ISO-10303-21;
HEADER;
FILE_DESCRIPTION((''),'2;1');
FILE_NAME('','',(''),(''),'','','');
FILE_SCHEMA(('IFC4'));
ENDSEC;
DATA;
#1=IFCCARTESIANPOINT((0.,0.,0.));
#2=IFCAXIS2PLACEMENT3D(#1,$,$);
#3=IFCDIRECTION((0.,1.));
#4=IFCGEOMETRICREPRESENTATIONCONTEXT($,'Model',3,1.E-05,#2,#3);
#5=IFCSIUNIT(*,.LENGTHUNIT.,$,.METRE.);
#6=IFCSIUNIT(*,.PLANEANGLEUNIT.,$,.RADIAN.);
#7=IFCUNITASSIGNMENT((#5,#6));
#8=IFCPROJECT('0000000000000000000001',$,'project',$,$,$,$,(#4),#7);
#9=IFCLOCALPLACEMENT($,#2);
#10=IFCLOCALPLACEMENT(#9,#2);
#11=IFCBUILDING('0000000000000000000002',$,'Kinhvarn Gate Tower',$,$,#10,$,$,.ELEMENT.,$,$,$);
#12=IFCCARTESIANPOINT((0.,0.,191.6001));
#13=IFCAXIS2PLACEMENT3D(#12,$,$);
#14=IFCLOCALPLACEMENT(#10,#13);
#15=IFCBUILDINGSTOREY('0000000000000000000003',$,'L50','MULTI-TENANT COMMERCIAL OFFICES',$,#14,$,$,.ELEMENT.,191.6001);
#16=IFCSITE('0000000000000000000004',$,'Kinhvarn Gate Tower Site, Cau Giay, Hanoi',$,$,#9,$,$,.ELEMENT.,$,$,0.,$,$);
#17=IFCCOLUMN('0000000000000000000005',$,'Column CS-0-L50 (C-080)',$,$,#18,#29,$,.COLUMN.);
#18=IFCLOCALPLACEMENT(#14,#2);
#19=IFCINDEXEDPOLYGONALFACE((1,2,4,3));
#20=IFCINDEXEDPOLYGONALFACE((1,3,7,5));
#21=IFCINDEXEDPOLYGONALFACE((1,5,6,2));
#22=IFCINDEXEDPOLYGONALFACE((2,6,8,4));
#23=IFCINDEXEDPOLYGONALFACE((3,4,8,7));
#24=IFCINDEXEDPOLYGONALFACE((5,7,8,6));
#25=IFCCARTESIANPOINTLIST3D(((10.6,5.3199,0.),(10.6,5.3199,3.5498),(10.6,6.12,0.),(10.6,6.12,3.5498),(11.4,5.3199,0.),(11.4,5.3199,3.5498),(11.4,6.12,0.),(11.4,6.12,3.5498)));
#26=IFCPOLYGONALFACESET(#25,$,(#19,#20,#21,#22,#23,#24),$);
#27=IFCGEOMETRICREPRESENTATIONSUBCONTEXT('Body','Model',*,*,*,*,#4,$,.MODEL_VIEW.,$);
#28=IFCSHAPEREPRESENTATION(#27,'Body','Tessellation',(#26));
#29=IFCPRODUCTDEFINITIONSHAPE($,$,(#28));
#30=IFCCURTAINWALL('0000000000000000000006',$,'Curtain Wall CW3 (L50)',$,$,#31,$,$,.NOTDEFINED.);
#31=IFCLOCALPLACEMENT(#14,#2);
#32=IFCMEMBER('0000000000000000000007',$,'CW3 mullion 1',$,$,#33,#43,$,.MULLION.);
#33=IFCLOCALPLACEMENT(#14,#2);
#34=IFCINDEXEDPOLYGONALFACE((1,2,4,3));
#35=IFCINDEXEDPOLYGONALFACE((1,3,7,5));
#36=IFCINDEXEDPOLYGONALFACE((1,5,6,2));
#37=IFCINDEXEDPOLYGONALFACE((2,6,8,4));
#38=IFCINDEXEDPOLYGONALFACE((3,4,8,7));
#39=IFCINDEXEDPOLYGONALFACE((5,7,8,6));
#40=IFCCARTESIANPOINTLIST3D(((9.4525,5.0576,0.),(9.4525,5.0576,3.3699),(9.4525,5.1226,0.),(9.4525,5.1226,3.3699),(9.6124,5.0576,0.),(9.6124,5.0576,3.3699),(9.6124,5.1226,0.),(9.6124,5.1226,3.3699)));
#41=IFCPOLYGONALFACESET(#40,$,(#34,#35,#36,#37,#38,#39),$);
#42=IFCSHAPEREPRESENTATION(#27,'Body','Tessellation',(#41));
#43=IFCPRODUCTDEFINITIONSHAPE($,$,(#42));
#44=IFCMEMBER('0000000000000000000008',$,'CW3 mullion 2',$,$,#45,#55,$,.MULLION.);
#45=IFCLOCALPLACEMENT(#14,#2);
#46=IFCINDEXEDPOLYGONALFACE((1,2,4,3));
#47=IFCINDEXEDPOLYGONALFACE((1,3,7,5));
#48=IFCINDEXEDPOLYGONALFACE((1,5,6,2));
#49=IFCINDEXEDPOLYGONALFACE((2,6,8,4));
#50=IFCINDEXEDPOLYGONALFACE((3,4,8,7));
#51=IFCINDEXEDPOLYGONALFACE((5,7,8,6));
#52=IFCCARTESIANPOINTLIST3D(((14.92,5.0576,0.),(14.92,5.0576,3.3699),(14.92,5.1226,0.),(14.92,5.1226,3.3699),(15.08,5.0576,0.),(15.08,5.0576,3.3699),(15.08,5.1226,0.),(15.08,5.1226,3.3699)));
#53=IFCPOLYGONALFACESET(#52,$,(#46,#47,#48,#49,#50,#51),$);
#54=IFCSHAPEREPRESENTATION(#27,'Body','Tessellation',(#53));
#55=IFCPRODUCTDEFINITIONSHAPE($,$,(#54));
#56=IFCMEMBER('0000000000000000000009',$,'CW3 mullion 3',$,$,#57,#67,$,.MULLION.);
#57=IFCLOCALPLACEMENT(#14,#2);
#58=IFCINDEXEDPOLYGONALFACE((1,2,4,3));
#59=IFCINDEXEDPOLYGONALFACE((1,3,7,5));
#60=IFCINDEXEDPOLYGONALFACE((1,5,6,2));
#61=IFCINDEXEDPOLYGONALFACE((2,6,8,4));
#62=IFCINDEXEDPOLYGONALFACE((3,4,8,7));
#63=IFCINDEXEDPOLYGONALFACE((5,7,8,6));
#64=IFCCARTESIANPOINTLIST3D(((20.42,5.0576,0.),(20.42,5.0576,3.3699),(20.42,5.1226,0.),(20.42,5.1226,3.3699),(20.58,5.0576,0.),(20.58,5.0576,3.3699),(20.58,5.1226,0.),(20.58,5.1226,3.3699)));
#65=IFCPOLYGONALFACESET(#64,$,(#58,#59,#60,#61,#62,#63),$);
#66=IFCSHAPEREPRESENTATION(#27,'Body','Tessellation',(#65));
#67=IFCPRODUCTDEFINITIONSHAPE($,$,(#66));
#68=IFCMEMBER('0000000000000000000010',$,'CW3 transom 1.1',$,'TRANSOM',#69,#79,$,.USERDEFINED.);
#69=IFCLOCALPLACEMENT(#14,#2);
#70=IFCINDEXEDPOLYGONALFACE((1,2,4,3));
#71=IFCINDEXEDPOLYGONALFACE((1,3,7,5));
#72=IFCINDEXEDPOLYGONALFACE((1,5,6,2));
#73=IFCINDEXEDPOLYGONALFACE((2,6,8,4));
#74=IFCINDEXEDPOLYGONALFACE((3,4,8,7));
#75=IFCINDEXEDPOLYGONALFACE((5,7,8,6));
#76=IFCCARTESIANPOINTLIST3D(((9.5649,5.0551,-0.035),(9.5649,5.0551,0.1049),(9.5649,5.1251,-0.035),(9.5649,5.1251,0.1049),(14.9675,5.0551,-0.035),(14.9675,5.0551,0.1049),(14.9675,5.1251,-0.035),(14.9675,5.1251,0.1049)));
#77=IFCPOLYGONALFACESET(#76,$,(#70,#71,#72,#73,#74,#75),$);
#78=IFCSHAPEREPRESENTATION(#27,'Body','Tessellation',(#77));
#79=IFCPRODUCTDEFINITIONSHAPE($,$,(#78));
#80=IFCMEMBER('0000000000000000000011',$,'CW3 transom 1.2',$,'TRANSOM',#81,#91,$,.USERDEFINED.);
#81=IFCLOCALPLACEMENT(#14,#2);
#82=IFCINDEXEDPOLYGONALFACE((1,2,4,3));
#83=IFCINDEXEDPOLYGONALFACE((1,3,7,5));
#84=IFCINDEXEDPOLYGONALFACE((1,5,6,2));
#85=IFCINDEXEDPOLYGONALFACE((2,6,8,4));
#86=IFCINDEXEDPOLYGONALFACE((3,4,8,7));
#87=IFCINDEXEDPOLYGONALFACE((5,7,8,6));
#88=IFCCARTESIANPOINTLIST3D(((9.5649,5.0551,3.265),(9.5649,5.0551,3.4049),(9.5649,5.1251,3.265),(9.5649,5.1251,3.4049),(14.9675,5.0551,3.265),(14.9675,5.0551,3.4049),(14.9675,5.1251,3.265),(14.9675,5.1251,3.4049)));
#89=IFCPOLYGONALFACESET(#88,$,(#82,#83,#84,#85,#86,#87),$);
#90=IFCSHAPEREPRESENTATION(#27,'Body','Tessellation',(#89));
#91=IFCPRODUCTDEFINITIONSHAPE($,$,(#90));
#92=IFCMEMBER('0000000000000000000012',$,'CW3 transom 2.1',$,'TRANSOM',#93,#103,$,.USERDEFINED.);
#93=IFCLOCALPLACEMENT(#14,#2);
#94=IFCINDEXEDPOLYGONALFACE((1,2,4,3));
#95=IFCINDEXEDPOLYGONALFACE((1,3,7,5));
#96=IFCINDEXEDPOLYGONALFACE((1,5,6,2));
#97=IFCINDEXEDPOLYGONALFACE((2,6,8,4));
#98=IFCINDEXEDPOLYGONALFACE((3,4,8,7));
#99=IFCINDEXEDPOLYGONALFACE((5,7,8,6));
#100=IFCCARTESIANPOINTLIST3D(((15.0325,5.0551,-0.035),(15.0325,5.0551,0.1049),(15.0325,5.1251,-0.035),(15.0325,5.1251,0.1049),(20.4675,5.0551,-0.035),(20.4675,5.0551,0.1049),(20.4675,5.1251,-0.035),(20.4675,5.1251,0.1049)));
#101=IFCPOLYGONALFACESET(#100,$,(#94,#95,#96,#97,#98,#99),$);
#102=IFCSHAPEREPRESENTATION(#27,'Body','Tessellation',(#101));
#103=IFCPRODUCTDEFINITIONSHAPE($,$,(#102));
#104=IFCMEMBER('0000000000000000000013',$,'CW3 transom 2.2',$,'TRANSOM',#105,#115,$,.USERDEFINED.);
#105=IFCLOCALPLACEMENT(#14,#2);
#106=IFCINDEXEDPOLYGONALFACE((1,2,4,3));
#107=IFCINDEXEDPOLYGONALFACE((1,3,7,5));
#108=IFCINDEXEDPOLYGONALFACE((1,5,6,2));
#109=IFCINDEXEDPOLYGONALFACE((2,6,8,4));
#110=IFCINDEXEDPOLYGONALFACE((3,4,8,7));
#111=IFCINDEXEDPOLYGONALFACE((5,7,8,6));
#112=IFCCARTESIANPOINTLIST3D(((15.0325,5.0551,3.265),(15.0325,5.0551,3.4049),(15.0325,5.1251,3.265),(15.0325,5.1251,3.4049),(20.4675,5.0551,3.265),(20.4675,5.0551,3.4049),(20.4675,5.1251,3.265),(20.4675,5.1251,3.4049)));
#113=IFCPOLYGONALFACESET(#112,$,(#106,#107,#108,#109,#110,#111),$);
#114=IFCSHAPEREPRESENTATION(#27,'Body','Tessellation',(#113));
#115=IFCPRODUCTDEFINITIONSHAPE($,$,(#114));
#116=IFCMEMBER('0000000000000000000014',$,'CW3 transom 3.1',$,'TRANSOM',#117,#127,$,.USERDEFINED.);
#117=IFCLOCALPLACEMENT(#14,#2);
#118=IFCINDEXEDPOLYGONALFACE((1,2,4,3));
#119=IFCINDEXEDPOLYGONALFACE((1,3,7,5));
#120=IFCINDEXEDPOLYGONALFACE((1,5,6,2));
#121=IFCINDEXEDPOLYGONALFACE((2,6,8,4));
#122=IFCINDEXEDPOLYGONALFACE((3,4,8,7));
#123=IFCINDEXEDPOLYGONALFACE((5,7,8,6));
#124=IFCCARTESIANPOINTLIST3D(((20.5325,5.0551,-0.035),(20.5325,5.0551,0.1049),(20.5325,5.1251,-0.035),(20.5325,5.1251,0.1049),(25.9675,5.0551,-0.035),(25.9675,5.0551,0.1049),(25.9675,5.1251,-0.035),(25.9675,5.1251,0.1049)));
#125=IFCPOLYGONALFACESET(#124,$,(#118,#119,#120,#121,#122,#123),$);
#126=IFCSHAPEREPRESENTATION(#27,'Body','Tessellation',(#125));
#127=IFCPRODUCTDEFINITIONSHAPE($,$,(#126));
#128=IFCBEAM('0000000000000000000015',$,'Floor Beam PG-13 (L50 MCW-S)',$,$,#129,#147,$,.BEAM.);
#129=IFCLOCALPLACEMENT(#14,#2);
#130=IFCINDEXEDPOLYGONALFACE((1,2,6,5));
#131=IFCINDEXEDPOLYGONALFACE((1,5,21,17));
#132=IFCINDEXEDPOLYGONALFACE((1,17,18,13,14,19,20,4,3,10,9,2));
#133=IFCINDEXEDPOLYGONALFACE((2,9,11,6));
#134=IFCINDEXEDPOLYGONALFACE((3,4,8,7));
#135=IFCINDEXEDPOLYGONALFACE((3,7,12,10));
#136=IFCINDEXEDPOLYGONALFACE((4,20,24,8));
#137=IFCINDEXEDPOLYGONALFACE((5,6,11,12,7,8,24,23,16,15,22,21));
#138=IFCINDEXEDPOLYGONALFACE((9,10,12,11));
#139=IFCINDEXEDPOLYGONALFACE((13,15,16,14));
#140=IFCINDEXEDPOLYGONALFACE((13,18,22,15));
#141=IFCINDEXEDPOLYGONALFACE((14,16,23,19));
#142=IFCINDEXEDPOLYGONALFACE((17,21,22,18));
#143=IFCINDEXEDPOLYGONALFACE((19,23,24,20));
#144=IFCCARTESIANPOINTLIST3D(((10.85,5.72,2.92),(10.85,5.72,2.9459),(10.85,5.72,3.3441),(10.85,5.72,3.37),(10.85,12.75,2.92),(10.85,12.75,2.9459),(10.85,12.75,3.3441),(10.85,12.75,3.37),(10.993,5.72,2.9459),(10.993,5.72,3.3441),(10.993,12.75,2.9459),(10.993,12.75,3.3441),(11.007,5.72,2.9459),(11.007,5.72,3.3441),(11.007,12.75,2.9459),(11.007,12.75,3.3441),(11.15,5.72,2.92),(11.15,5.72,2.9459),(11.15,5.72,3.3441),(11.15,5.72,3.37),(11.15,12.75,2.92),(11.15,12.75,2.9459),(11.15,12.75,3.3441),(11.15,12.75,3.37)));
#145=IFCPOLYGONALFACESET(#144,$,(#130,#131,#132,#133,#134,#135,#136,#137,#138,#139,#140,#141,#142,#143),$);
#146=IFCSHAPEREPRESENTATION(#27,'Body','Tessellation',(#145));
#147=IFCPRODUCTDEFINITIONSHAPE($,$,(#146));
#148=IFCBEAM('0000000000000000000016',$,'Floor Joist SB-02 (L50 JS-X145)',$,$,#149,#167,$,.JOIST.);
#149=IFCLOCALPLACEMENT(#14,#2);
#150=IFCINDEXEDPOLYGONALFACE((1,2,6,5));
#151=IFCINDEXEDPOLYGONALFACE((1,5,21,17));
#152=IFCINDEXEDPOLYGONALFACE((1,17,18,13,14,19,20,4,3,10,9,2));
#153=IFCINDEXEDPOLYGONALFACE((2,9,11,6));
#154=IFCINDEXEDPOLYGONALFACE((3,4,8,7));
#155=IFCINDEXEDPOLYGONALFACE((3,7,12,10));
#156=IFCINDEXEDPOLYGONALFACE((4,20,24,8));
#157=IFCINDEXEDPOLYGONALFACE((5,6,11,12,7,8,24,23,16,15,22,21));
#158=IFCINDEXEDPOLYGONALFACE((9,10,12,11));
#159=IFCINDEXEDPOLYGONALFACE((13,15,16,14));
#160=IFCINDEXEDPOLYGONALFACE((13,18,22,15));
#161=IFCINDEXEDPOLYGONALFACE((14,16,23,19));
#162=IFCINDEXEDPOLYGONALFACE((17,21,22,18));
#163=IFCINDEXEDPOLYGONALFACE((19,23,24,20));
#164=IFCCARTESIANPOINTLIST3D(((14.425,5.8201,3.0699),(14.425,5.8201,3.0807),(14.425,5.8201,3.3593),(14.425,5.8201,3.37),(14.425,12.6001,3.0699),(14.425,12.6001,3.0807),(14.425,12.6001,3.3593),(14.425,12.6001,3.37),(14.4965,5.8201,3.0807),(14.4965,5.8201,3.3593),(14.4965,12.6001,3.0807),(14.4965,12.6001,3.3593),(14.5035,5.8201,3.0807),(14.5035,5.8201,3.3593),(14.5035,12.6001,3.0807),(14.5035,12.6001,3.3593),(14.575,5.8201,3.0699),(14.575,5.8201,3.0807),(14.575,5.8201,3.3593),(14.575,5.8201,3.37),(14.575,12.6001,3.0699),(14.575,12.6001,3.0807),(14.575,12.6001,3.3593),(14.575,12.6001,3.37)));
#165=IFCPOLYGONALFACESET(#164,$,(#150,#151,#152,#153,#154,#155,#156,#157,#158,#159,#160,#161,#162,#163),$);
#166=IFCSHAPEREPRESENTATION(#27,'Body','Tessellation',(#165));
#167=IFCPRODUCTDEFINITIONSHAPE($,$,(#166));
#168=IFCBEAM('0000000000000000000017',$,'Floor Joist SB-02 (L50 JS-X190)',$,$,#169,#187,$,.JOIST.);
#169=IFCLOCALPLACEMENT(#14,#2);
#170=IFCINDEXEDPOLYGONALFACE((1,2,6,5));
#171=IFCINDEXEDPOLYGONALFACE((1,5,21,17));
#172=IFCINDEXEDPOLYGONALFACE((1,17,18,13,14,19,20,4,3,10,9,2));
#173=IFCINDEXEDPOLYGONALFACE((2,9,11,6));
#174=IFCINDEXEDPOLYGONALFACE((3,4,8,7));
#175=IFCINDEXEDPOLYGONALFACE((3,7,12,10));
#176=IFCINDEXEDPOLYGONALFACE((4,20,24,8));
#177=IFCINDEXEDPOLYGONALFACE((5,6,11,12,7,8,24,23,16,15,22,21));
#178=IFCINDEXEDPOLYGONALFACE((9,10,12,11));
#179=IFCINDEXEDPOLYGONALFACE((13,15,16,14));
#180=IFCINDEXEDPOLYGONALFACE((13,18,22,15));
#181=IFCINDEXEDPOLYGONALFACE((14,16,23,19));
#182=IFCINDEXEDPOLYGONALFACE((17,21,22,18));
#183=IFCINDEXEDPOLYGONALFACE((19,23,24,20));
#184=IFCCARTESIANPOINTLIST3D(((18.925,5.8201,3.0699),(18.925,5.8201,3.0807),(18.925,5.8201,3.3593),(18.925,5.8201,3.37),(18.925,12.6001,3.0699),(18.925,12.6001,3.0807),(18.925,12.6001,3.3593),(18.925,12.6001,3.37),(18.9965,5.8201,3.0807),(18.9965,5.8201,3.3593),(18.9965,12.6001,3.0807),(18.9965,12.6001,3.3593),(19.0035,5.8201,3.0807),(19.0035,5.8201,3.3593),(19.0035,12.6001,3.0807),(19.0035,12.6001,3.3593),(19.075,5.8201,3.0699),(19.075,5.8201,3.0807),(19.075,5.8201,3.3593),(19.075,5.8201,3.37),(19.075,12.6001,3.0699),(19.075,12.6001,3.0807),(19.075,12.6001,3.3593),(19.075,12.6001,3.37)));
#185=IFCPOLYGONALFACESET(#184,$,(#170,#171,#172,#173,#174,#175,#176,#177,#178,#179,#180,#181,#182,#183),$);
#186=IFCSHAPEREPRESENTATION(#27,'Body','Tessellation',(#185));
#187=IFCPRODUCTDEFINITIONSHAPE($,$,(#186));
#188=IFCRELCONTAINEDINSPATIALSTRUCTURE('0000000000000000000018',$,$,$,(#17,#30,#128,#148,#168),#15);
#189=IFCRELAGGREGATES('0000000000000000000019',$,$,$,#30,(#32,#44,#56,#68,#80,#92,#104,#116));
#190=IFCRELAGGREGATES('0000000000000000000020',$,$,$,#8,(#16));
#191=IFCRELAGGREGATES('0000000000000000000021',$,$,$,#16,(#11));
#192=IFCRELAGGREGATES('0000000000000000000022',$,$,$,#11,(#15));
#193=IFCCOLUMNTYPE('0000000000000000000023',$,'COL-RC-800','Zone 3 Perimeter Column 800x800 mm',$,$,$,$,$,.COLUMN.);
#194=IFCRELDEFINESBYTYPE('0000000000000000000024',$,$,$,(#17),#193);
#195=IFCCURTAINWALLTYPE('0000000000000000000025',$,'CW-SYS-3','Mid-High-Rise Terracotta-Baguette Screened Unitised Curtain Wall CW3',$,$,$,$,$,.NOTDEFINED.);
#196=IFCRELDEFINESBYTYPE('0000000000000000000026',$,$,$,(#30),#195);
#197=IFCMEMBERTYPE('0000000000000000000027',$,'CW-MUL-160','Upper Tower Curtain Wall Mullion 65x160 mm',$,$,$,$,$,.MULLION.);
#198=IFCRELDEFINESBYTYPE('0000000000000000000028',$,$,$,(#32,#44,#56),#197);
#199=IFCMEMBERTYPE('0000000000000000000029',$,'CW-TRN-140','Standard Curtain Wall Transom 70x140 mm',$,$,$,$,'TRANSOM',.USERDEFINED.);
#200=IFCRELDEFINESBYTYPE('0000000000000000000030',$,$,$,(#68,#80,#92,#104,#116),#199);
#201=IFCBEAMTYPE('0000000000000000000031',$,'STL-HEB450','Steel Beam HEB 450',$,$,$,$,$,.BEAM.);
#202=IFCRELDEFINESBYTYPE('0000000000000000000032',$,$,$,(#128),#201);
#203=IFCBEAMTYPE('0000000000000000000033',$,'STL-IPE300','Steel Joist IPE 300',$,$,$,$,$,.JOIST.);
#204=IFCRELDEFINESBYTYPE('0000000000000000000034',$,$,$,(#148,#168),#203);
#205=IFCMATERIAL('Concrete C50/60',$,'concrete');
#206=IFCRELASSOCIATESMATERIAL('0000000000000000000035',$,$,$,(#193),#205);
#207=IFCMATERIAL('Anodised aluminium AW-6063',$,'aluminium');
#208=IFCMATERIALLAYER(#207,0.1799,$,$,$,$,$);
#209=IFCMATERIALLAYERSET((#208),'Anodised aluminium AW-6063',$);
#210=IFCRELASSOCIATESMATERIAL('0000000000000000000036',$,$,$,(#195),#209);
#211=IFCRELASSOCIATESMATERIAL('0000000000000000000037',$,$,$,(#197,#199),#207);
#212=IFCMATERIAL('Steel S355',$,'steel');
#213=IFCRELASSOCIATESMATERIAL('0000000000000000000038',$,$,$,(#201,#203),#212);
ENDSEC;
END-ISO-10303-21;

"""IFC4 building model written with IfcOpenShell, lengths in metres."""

from ifc_helpers import new_model, si_unit, direction, frame, origin, origin_2d, place, context, subcontext, project, spatial, rectangle, i_section, extrude, material, layer, layer_set, material_profile, profile_set, type_object, element, aggregate, save


model = new_model("IFC4")

# Units and contexts
model_context = context("Model", 3, precision=1e-05, world=origin(), true_north=direction((0.0, 1.0)))
body_context = subcontext(model_context, "Body", "Model", "MODEL_VIEW")
ifc_project = project(units=[si_unit("LENGTHUNIT", "METRE"), si_unit("PLANEANGLEUNIT", "RADIAN")], contexts=[model_context])

# Site, building, storey
site_placement = place(None, origin())
site = spatial("IfcSite", under=ifc_project, at=site_placement, Name="Kinhvarn Gate Tower Site, Cau Giay, Hanoi", CompositionType="ELEMENT", RefElevation=0.0)
building_placement = place(site_placement, origin())
building = spatial("IfcBuilding", under=site, at=building_placement, Name="Kinhvarn Gate Tower", CompositionType="ELEMENT")
storey_placement = place(building_placement, frame((0.0, 0.0, 191.6001)))
storey = spatial("IfcBuildingStorey", under=building, at=storey_placement, Name="L50", Description="MULTI-TENANT COMMERCIAL OFFICES", CompositionType="ELEMENT", Elevation=191.6001)

# Column
ifc_material_1 = material(Name="Concrete C50/60", Category="concrete")
ifc_material_profile_1 = material_profile(ifc_material_1, rectangle(XDim=0.8, YDim=0.8, at=origin_2d()), Name="RC 800x800")
ifc_profile_set_1 = profile_set([ifc_material_profile_1], Name="Concrete C50/60")
column_type = type_object("IfcColumnType", Name="COL-RC-800", Description="Zone 3 Perimeter Column 800x800 mm", PredefinedType="COLUMN", material=ifc_profile_set_1)
column_placement = place(storey_placement, frame((11.0, 5.72, 0.0), z_axis=(0.0, 0.0, 1.0), x_axis=(1.0, 0.0, 0.0)))
element("IfcColumn", 1, at=column_placement, inside=storey, type_object=column_type, Name="Column CS-0-L50 (C-080)", PredefinedType="COLUMN", context=body_context, shape_type="SweptSolid", body=[
    extrude(rectangle(XDim=0.8, YDim=0.8, at=origin_2d()), origin(), (0.0, 0.0, 1.0), 3.5498),
])

# Curtain wall, members
ifc_material_2 = material(Name="Anodised aluminium AW-6063", Category="aluminium")
ifc_layer_1 = layer(ifc_material_2, 0.1799)
ifc_layer_set_1 = layer_set([ifc_layer_1], Name="Anodised aluminium AW-6063")
curtain_wall_type = type_object("IfcCurtainWallType", Name="CW-SYS-3", Description="Mid-High-Rise Terracotta-Baguette Screened Unitised Curtain Wall CW3", PredefinedType="NOTDEFINED", material=ifc_layer_set_1)
curtain_wall_placement = place(storey_placement, origin())
curtain_wall = element("IfcCurtainWall", 2, at=curtain_wall_placement, inside=storey, type_object=curtain_wall_type, Name="Curtain Wall CW3 (L50)", PredefinedType="NOTDEFINED")
ifc_material_profile_2 = material_profile(ifc_material_2, rectangle(XDim=0.0649, YDim=0.1599, at=origin_2d()), Name="ALU 65x160")
ifc_profile_set_2 = profile_set([ifc_material_profile_2], Name="Anodised aluminium AW-6063")
member_type_1 = type_object("IfcMemberType", Name="CW-MUL-160", Description="Upper Tower Curtain Wall Mullion 65x160 mm", PredefinedType="MULLION", material=ifc_profile_set_2)
member_1_placement = place(storey_placement, frame((9.5325, 5.0901, 0.0), z_axis=(0.0, 0.0, 1.0), x_axis=(0.0, 1.0, 0.0)))
member_1 = element("IfcMember", 3, at=member_1_placement, type_object=member_type_1, Name="CW3 mullion 1", PredefinedType="MULLION", context=body_context, shape_type="SweptSolid", body=[
    extrude(rectangle(XDim=0.0649, YDim=0.1599, at=origin_2d()), origin(), (0.0, 0.0, 1.0), 3.3699),
])
member_2_placement = place(storey_placement, frame((15.0, 5.0901, 0.0), z_axis=(0.0, 0.0, 1.0), x_axis=(0.0, 1.0, 0.0)))
member_2 = element("IfcMember", 4, at=member_2_placement, type_object=member_type_1, Name="CW3 mullion 2", PredefinedType="MULLION", context=body_context, shape_type="SweptSolid", body=[
    extrude(rectangle(XDim=0.0649, YDim=0.1599, at=origin_2d()), origin(), (0.0, 0.0, 1.0), 3.3699),
])
member_3_placement = place(storey_placement, frame((20.5, 5.0901, 0.0), z_axis=(0.0, 0.0, 1.0), x_axis=(0.0, 1.0, 0.0)))
member_3 = element("IfcMember", 5, at=member_3_placement, type_object=member_type_1, Name="CW3 mullion 3", PredefinedType="MULLION", context=body_context, shape_type="SweptSolid", body=[
    extrude(rectangle(XDim=0.0649, YDim=0.1599, at=origin_2d()), origin(), (0.0, 0.0, 1.0), 3.3699),
])
ifc_material_profile_3 = material_profile(ifc_material_2, rectangle(XDim=0.0701, YDim=0.1399, at=origin_2d()), Name="ALU 70x140")
ifc_profile_set_3 = profile_set([ifc_material_profile_3], Name="Anodised aluminium AW-6063")
member_type_2 = type_object("IfcMemberType", Name="CW-TRN-140", Description="Standard Curtain Wall Transom 70x140 mm", ElementType="TRANSOM", PredefinedType="USERDEFINED", material=ifc_profile_set_3)
member_4_placement = place(storey_placement, frame((9.5649, 5.0901, 0.0349), z_axis=(1.0, 0.0, 0.0), x_axis=(0.0, 1.0, 0.0)))
member_4 = element("IfcMember", 6, at=member_4_placement, type_object=member_type_2, Name="CW3 transom 1.1", ObjectType="TRANSOM", PredefinedType="USERDEFINED", context=body_context, shape_type="SweptSolid", body=[
    extrude(rectangle(XDim=0.0701, YDim=0.1399, at=origin_2d()), origin(), (0.0, 0.0, 1.0), 5.4026),
])
member_5_placement = place(storey_placement, frame((9.5649, 5.0901, 3.335), z_axis=(1.0, 0.0, 0.0), x_axis=(0.0, 1.0, 0.0)))
member_5 = element("IfcMember", 7, at=member_5_placement, type_object=member_type_2, Name="CW3 transom 1.2", ObjectType="TRANSOM", PredefinedType="USERDEFINED", context=body_context, shape_type="SweptSolid", body=[
    extrude(rectangle(XDim=0.0701, YDim=0.1399, at=origin_2d()), origin(), (0.0, 0.0, 1.0), 5.4026),
])
member_6_placement = place(storey_placement, frame((15.0325, 5.0901, 0.0349), z_axis=(1.0, 0.0, 0.0), x_axis=(0.0, 1.0, 0.0)))
member_6 = element("IfcMember", 8, at=member_6_placement, type_object=member_type_2, Name="CW3 transom 2.1", ObjectType="TRANSOM", PredefinedType="USERDEFINED", context=body_context, shape_type="SweptSolid", body=[
    extrude(rectangle(XDim=0.0701, YDim=0.1399, at=origin_2d()), origin(), (0.0, 0.0, 1.0), 5.4351),
])
member_7_placement = place(storey_placement, frame((15.0325, 5.0901, 3.335), z_axis=(1.0, 0.0, 0.0), x_axis=(0.0, 1.0, 0.0)))
member_7 = element("IfcMember", 9, at=member_7_placement, type_object=member_type_2, Name="CW3 transom 2.2", ObjectType="TRANSOM", PredefinedType="USERDEFINED", context=body_context, shape_type="SweptSolid", body=[
    extrude(rectangle(XDim=0.0701, YDim=0.1399, at=origin_2d()), origin(), (0.0, 0.0, 1.0), 5.4351),
])
member_8_placement = place(storey_placement, frame((20.5325, 5.0901, 0.0349), z_axis=(1.0, 0.0, 0.0), x_axis=(0.0, 1.0, 0.0)))
member_8 = element("IfcMember", 10, at=member_8_placement, type_object=member_type_2, Name="CW3 transom 3.1", ObjectType="TRANSOM", PredefinedType="USERDEFINED", context=body_context, shape_type="SweptSolid", body=[
    extrude(rectangle(XDim=0.0701, YDim=0.1399, at=origin_2d()), origin(), (0.0, 0.0, 1.0), 5.4351),
])

# Beams
ifc_material_3 = material(Name="Steel S355", Category="steel")
ifc_material_profile_4 = material_profile(ifc_material_3, i_section(OverallWidth=0.3, OverallDepth=0.45, WebThickness=0.0139, FlangeThickness=0.0259, at=origin_2d()), Name="HEB 450")
ifc_profile_set_4 = profile_set([ifc_material_profile_4], Name="Steel S355")
beam_type_1 = type_object("IfcBeamType", Name="STL-HEB450", Description="Steel Beam HEB 450", PredefinedType="BEAM", material=ifc_profile_set_4)
beam_1_placement = place(storey_placement, frame((11.0, 5.72, 3.145), z_axis=(0.0, 1.0, 0.0), x_axis=(-1.0, 0.0, 0.0)))
element("IfcBeam", 11, at=beam_1_placement, inside=storey, type_object=beam_type_1, Name="Floor Beam PG-13 (L50 MCW-S)", PredefinedType="BEAM", context=body_context, shape_type="SweptSolid", body=[
    extrude(i_section(OverallWidth=0.3, OverallDepth=0.45, WebThickness=0.0139, FlangeThickness=0.0259, at=origin_2d()), origin(), (0.0, 0.0, 1.0), 7.03),
])
ifc_material_profile_5 = material_profile(ifc_material_3, i_section(OverallWidth=0.1499, OverallDepth=0.3, WebThickness=0.0071, FlangeThickness=0.0107, at=origin_2d()), Name="IPE 300")
ifc_profile_set_5 = profile_set([ifc_material_profile_5], Name="Steel S355")
beam_type_2 = type_object("IfcBeamType", Name="STL-IPE300", Description="Steel Joist IPE 300", PredefinedType="JOIST", material=ifc_profile_set_5)
for number, where, z_axis, x_axis, name in (
    (12, (14.5, 5.8201, 3.22), (0.0, 1.0, 0.0), (-1.0, 0.0, 0.0), "Floor Joist SB-02 (L50 JS-X145)"),
    (13, (19.0, 5.8201, 3.22), (0.0, 1.0, 0.0), (-1.0, 0.0, 0.0), "Floor Joist SB-02 (L50 JS-X190)"),
):
    element("IfcBeam", number, at=place(storey_placement, frame(where, z_axis=z_axis, x_axis=x_axis)), inside=storey, type_object=beam_type_2, Name=name, PredefinedType="JOIST", context=body_context, shape_type="SweptSolid", body=[
        extrude(i_section(OverallWidth=0.1499, OverallDepth=0.3, WebThickness=0.0071, FlangeThickness=0.0107, at=origin_2d()), origin(), (0.0, 0.0, 1.0), 6.78),
    ])

aggregate(curtain_wall, [member_1, member_2, member_3, member_4, member_5, member_6, member_7, member_8])

save(model, "model.ifc")
